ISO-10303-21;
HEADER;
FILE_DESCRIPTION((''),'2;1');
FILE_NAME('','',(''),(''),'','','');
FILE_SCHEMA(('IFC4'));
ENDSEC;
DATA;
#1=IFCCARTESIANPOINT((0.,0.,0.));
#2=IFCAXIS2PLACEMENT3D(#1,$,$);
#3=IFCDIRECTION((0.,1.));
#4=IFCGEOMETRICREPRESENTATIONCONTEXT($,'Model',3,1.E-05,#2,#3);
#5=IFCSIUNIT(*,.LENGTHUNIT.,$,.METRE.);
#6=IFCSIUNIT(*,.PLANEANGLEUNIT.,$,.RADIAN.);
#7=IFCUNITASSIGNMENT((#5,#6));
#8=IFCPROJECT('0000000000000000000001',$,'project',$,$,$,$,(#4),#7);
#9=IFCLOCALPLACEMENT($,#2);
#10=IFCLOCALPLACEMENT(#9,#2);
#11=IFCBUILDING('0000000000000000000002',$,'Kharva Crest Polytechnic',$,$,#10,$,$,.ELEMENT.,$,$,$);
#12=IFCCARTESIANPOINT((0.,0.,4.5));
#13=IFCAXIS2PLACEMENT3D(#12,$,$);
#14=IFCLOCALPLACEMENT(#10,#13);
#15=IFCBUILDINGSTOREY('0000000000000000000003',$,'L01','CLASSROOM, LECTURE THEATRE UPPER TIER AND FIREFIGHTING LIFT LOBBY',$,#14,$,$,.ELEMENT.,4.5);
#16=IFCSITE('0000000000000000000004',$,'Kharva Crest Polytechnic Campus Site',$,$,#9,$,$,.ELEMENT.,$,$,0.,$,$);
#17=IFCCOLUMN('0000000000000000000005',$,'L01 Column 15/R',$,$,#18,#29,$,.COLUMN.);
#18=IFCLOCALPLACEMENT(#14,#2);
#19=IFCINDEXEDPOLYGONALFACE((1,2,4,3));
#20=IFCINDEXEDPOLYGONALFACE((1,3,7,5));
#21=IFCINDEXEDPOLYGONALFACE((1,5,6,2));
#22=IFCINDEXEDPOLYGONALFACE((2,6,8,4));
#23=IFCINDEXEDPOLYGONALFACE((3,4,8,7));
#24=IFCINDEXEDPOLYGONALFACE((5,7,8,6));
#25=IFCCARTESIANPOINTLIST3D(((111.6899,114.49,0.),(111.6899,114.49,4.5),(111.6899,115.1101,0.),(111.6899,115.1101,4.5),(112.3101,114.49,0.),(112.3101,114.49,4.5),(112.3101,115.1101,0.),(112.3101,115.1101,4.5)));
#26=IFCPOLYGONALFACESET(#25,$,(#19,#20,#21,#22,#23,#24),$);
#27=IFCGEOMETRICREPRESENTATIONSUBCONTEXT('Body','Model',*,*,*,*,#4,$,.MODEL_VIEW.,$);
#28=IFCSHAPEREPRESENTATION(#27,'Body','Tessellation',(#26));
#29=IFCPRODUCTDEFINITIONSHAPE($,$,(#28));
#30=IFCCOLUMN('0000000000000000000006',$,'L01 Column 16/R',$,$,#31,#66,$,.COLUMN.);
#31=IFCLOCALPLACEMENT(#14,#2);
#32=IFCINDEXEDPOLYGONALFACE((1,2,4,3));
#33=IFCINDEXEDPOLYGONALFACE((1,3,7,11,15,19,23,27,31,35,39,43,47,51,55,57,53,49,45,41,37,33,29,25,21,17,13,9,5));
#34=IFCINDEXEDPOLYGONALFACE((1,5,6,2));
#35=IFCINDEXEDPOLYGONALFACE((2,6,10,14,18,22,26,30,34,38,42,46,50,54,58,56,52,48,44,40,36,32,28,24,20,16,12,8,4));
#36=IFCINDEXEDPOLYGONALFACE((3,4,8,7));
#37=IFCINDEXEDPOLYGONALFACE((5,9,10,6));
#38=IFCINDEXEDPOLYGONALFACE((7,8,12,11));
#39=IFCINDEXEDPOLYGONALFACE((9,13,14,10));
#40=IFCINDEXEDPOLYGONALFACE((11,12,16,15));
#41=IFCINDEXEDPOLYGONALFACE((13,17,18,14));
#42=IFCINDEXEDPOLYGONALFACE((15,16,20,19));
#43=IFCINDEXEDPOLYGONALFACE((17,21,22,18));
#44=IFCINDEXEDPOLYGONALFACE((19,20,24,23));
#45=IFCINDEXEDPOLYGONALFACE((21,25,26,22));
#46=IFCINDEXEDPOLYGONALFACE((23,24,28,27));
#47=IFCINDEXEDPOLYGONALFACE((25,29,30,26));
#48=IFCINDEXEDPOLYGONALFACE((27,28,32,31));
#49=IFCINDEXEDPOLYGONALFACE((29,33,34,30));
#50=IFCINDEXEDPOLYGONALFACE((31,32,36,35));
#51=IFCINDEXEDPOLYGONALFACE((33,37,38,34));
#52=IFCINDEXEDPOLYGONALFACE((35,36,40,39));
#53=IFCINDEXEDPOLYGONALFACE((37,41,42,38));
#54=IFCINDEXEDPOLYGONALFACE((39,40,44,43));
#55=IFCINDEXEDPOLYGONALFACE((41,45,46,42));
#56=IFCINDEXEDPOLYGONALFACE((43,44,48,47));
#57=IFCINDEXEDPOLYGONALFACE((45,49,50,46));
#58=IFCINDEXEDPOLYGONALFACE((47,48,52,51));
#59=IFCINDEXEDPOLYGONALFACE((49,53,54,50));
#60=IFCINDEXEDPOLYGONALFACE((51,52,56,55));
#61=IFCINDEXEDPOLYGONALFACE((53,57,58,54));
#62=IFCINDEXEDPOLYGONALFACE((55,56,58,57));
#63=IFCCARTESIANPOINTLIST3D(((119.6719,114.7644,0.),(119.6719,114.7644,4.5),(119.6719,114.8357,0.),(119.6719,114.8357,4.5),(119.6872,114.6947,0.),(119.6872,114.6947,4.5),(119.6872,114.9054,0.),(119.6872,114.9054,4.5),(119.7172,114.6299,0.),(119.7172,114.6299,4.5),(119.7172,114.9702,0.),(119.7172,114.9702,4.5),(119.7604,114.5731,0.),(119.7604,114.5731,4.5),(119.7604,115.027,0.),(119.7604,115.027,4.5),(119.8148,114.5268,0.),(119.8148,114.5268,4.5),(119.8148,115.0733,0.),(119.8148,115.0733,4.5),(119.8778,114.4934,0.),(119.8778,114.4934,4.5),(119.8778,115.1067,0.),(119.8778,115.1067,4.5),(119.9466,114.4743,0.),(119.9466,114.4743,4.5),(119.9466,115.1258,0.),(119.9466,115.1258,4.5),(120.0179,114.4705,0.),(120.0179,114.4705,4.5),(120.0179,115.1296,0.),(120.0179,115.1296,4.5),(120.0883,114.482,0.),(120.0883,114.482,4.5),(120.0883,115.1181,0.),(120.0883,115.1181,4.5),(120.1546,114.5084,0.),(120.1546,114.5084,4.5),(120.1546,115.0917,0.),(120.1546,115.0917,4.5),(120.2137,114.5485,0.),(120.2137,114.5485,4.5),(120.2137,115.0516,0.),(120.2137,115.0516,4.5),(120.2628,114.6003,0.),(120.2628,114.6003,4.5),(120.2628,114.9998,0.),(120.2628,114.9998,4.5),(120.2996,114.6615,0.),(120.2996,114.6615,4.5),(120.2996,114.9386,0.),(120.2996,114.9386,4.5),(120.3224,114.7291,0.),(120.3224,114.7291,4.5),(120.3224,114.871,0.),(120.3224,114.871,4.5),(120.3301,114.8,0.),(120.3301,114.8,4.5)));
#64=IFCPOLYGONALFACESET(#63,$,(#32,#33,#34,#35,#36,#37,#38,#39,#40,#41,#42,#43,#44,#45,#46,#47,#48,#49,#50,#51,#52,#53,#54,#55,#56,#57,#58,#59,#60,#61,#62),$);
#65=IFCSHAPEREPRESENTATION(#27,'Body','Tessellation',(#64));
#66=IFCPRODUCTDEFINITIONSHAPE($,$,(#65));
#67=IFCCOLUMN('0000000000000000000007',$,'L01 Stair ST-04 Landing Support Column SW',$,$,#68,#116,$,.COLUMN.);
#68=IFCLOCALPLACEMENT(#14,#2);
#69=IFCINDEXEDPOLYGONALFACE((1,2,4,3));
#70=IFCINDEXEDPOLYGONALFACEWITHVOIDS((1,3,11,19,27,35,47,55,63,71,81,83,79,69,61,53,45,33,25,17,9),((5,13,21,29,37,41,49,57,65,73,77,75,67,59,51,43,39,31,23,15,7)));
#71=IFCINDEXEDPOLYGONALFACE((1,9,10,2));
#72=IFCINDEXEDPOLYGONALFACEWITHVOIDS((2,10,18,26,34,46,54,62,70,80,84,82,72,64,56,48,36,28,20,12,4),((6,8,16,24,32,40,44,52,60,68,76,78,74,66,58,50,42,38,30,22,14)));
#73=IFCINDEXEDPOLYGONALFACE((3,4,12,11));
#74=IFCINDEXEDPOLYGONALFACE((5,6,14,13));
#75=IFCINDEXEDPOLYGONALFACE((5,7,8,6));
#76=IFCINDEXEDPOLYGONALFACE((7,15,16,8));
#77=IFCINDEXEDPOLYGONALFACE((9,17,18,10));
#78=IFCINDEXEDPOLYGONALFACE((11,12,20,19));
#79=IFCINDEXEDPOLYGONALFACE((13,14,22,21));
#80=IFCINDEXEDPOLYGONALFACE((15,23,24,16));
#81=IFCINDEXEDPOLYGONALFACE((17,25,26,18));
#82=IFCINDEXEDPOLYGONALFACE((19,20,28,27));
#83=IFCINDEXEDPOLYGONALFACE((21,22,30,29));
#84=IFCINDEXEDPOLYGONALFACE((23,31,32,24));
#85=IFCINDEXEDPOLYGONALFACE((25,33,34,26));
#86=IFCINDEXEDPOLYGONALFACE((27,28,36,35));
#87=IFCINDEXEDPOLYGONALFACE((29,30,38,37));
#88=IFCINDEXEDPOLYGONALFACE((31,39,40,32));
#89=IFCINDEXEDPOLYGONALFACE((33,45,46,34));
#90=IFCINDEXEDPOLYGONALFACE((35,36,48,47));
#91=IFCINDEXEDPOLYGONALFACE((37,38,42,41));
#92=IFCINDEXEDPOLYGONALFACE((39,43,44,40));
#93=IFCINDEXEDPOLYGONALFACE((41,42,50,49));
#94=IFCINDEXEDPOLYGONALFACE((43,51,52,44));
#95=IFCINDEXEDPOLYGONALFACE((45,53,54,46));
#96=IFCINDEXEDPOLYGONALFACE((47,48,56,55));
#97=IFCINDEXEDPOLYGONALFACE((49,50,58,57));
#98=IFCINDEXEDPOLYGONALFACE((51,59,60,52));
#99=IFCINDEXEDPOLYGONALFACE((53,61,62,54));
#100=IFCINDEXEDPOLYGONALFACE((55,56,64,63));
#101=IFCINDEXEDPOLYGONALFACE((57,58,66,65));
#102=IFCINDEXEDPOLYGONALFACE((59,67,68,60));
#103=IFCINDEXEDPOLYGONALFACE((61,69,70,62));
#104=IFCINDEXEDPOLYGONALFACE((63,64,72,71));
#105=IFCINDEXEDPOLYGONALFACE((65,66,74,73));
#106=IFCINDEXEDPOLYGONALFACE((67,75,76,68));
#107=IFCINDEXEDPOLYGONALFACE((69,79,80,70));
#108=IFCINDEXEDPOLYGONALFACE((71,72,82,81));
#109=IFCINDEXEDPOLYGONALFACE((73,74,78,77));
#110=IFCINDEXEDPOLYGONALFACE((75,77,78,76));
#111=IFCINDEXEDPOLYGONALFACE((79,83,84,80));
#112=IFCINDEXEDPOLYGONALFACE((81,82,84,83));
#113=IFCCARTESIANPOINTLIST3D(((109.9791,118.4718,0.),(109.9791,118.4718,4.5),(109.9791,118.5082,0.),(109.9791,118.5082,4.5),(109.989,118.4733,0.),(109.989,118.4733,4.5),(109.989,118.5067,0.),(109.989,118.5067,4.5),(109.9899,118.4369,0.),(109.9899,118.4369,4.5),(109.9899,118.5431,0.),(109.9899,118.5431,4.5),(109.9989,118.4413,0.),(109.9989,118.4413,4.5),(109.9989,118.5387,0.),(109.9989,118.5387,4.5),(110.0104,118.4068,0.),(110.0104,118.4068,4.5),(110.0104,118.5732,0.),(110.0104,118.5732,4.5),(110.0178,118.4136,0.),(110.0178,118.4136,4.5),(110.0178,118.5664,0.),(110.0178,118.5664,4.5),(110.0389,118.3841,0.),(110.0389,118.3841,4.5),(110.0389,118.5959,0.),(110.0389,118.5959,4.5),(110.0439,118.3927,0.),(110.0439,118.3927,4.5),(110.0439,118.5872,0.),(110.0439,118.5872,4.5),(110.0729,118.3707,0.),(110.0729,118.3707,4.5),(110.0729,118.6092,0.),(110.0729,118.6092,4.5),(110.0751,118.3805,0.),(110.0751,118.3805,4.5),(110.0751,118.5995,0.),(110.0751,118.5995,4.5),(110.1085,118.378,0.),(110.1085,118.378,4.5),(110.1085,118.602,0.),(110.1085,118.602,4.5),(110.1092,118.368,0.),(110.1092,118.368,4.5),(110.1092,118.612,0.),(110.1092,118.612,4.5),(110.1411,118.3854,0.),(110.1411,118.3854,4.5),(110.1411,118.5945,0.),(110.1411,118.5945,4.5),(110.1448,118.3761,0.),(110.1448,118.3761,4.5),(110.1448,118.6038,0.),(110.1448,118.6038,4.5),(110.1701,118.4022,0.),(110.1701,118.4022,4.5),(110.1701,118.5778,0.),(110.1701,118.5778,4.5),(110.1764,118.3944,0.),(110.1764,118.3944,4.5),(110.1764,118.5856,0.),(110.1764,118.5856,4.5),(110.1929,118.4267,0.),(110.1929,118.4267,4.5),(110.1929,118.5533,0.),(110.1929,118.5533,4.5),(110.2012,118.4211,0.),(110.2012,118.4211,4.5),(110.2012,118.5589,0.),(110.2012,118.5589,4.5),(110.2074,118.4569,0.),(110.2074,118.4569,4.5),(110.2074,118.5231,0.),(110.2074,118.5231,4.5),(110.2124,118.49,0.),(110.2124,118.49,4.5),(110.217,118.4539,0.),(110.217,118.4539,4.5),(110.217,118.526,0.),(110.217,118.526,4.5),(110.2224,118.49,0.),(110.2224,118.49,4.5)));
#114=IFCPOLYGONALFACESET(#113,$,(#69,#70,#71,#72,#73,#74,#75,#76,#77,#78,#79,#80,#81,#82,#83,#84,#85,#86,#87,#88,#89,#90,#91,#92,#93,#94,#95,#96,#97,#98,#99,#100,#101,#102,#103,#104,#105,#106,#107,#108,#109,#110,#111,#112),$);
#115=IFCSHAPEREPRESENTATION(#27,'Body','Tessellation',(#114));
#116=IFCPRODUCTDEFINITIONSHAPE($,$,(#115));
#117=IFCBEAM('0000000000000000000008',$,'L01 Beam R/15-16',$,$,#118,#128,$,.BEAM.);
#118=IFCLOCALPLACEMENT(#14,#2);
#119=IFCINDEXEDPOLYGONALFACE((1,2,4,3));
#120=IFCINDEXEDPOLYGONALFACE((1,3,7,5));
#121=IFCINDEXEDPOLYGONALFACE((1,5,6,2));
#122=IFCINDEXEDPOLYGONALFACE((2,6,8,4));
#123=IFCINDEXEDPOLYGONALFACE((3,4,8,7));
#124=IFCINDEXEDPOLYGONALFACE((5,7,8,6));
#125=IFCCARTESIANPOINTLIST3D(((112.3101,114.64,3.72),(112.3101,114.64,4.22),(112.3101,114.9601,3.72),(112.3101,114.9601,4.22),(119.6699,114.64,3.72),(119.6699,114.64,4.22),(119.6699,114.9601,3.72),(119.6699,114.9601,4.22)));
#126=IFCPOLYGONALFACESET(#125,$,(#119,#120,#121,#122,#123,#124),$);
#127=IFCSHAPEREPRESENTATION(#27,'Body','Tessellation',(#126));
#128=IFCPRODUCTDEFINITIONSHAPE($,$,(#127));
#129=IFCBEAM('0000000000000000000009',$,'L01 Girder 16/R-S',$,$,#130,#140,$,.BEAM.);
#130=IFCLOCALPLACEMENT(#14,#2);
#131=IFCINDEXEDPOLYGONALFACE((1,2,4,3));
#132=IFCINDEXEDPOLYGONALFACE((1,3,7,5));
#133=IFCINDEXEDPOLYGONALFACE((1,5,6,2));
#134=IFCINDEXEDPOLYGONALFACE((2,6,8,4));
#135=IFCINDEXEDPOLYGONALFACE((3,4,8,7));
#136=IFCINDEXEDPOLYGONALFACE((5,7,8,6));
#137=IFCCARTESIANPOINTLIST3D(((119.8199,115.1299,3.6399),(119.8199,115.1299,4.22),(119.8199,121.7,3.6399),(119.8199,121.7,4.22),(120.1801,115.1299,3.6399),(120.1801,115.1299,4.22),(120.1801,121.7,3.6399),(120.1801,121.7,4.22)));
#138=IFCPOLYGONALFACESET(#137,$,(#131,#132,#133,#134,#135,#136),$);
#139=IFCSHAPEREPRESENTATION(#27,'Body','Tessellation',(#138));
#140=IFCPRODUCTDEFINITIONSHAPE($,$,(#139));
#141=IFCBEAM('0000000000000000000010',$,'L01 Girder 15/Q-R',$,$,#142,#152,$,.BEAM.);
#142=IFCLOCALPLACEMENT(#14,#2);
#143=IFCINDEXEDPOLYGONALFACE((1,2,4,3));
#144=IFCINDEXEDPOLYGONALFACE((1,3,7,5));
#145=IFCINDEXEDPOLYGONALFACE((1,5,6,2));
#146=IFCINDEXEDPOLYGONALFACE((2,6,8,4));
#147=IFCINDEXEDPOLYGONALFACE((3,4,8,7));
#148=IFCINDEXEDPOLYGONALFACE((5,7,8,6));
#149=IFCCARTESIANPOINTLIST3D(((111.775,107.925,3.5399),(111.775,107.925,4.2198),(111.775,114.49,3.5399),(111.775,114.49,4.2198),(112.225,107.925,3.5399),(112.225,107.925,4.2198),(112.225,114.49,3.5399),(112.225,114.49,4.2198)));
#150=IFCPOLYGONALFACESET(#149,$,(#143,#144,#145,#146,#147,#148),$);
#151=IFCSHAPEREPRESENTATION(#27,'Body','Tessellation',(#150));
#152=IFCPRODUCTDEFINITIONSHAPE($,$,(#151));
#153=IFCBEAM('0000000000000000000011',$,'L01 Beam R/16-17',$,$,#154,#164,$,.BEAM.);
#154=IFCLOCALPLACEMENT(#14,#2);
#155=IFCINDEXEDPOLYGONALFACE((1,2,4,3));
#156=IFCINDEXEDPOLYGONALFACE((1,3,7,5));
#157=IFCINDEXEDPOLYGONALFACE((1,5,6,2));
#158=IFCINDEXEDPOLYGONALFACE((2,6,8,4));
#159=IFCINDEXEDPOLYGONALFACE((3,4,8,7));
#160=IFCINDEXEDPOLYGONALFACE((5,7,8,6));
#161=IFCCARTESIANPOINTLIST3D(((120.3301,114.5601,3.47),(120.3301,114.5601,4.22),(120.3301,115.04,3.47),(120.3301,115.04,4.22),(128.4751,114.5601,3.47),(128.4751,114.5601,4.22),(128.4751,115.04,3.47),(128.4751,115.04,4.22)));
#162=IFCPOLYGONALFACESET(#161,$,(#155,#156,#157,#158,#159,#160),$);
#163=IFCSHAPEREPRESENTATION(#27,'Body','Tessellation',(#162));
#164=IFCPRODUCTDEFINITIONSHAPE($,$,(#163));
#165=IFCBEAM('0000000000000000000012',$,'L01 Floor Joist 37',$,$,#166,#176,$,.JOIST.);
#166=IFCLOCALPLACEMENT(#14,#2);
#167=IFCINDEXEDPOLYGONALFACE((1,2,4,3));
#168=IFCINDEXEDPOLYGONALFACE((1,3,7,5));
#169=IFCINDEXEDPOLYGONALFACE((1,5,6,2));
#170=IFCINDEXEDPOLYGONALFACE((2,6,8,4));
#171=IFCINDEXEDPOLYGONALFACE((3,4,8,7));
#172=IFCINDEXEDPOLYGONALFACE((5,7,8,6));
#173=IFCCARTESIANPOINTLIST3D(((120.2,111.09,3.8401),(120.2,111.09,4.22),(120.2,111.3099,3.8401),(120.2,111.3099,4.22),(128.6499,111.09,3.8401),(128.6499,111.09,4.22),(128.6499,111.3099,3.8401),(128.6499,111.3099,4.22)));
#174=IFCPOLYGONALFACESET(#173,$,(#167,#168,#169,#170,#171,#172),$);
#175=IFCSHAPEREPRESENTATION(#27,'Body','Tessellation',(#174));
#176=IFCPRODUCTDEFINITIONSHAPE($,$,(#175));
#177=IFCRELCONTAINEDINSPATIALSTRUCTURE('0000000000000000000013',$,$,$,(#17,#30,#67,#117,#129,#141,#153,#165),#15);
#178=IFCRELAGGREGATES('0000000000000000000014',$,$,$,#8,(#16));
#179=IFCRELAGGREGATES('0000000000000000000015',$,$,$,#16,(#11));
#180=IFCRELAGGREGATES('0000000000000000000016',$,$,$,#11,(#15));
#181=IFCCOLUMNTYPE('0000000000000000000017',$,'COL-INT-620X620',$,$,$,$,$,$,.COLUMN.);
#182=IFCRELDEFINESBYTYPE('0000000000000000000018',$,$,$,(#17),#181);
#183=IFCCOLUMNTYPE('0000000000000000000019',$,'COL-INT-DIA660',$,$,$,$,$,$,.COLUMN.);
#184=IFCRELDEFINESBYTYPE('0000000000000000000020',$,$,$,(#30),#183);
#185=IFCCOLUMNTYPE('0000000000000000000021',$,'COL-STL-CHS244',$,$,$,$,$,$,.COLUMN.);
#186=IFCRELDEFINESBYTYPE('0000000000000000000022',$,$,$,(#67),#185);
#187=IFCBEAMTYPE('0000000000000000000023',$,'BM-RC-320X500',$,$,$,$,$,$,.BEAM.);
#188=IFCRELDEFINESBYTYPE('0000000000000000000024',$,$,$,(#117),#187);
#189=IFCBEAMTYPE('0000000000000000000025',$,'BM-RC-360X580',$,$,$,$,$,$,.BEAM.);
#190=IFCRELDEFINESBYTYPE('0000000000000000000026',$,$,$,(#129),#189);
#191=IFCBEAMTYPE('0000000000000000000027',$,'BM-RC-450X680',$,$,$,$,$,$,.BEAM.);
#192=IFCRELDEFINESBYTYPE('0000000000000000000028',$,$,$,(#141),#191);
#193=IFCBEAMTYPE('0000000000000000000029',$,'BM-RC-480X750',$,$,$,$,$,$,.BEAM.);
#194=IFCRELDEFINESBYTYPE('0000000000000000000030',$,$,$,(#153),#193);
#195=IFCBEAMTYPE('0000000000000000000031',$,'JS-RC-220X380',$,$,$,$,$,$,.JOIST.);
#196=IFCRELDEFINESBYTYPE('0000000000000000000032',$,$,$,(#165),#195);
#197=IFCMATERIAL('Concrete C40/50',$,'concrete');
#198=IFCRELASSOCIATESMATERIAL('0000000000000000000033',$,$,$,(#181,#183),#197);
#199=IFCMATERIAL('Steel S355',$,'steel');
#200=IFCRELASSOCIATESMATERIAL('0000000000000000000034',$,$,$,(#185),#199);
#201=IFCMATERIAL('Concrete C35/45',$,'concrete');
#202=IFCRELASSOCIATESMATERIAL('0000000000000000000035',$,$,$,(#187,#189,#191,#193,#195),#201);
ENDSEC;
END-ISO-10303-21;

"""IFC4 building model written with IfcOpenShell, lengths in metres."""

from ifc_helpers import new_model, si_unit, direction, frame, origin, origin_2d, place, context, subcontext, project, spatial, rectangle, circle, hollow_circle, extrude, material, material_profile, profile_set, type_object, element, save


model = new_model("IFC4")

# Units and contexts
model_context = context("Model", 3, precision=1e-05, world=origin(), true_north=direction((0.0, 1.0)))
body_context = subcontext(model_context, "Body", "Model", "MODEL_VIEW")
ifc_project = project(units=[si_unit("LENGTHUNIT", "METRE"), si_unit("PLANEANGLEUNIT", "RADIAN")], contexts=[model_context])

# Site, building, storey
site_placement = place(None, origin())
site = spatial("IfcSite", under=ifc_project, at=site_placement, Name="Kharva Crest Polytechnic Campus Site", CompositionType="ELEMENT", RefElevation=0.0)
building_placement = place(site_placement, origin())
building = spatial("IfcBuilding", under=site, at=building_placement, Name="Kharva Crest Polytechnic", CompositionType="ELEMENT")
storey_placement = place(building_placement, frame((0.0, 0.0, 4.5)))
storey = spatial("IfcBuildingStorey", under=building, at=storey_placement, Name="L01", Description="CLASSROOM, LECTURE THEATRE UPPER TIER AND FIREFIGHTING LIFT LOBBY", CompositionType="ELEMENT", Elevation=4.5)

# Columns
ifc_material_1 = material(Name="Concrete C40/50", Category="concrete")
ifc_material_profile_1 = material_profile(ifc_material_1, rectangle(XDim=0.6201, YDim=0.6201, at=origin_2d()), Name="RECT 620 X 620")
ifc_profile_set_1 = profile_set([ifc_material_profile_1], Name="Concrete C40/50")
column_type_1 = type_object("IfcColumnType", Name="COL-INT-620X620", PredefinedType="COLUMN", material=ifc_profile_set_1)
column_1_placement = place(storey_placement, frame((112.0, 114.8, 0.0), z_axis=(0.0, 0.0, 1.0), x_axis=(1.0, 0.0, 0.0)))
element("IfcColumn", 1, at=column_1_placement, inside=storey, type_object=column_type_1, Name="L01 Column 15/R", PredefinedType="COLUMN", context=body_context, shape_type="SweptSolid", body=[
    extrude(rectangle(XDim=0.6201, YDim=0.6201, at=origin_2d()), origin(), (0.0, 0.0, 1.0), 4.5),
])
ifc_material_profile_2 = material_profile(ifc_material_1, circle(Radius=0.3301, at=origin_2d()), Name="DIA 660")
ifc_profile_set_2 = profile_set([ifc_material_profile_2], Name="Concrete C40/50")
column_type_2 = type_object("IfcColumnType", Name="COL-INT-DIA660", PredefinedType="COLUMN", material=ifc_profile_set_2)
column_2_placement = place(storey_placement, frame((120.0, 114.8, 0.0), z_axis=(0.0, 0.0, 1.0), x_axis=(1.0, 0.0, 0.0)))
element("IfcColumn", 2, at=column_2_placement, inside=storey, type_object=column_type_2, Name="L01 Column 16/R", PredefinedType="COLUMN", context=body_context, shape_type="SweptSolid", body=[
    extrude(circle(Radius=0.3301, at=origin_2d()), origin(), (0.0, 0.0, 1.0), 4.5),
])
ifc_material_2 = material(Name="Steel S355", Category="steel")
ifc_material_profile_3 = material_profile(ifc_material_2, hollow_circle(Radius=0.1223, WallThickness=0.01, at=origin_2d()), Name="CHS 244.5X10.0")
ifc_profile_set_3 = profile_set([ifc_material_profile_3], Name="Steel S355")
column_type_3 = type_object("IfcColumnType", Name="COL-STL-CHS244", PredefinedType="COLUMN", material=ifc_profile_set_3)
column_3_placement = place(storey_placement, frame((110.1001, 118.49, 0.0), z_axis=(0.0, 0.0, 1.0), x_axis=(1.0, 0.0, 0.0)))
element("IfcColumn", 3, at=column_3_placement, inside=storey, type_object=column_type_3, Name="L01 Stair ST-04 Landing Support Column SW", PredefinedType="COLUMN", context=body_context, shape_type="SweptSolid", body=[
    extrude(hollow_circle(Radius=0.1223, WallThickness=0.01, at=origin_2d()), origin(), (0.0, 0.0, 1.0), 4.5),
])

# Beams
ifc_material_3 = material(Name="Concrete C35/45", Category="concrete")
ifc_material_profile_4 = material_profile(ifc_material_3, rectangle(XDim=0.3201, YDim=0.5, at=origin_2d()), Name="RECT 320 X 500")
ifc_profile_set_4 = profile_set([ifc_material_profile_4], Name="Concrete C35/45")
beam_type_1 = type_object("IfcBeamType", Name="BM-RC-320X500", PredefinedType="BEAM", material=ifc_profile_set_4)
beam_1_placement = place(storey_placement, frame((112.3101, 114.8, 3.97), z_axis=(1.0, 0.0, 0.0), x_axis=(0.0, 1.0, 0.0)))
element("IfcBeam", 4, at=beam_1_placement, inside=storey, type_object=beam_type_1, Name="L01 Beam R/15-16", PredefinedType="BEAM", context=body_context, shape_type="SweptSolid", body=[
    extrude(rectangle(XDim=0.3201, YDim=0.5, at=origin_2d()), origin(), (0.0, 0.0, 1.0), 7.3599),
])
ifc_material_profile_5 = material_profile(ifc_material_3, rectangle(XDim=0.3601, YDim=0.5801, at=origin_2d()), Name="RECT 360 X 580")
ifc_profile_set_5 = profile_set([ifc_material_profile_5], Name="Concrete C35/45")
beam_type_2 = type_object("IfcBeamType", Name="BM-RC-360X580", PredefinedType="BEAM", material=ifc_profile_set_5)
beam_2_placement = place(storey_placement, frame((120.0, 115.1299, 3.9299), z_axis=(0.0, 1.0, 0.0), x_axis=(-1.0, 0.0, 0.0)))
element("IfcBeam", 5, at=beam_2_placement, inside=storey, type_object=beam_type_2, Name="L01 Girder 16/R-S", PredefinedType="BEAM", context=body_context, shape_type="SweptSolid", body=[
    extrude(rectangle(XDim=0.3601, YDim=0.5801, at=origin_2d()), origin(), (0.0, 0.0, 1.0), 6.5701),
])
ifc_material_profile_6 = material_profile(ifc_material_3, rectangle(XDim=0.45, YDim=0.6799, at=origin_2d()), Name="RECT 450 X 680")
ifc_profile_set_6 = profile_set([ifc_material_profile_6], Name="Concrete C35/45")
beam_type_3 = type_object("IfcBeamType", Name="BM-RC-450X680", PredefinedType="BEAM", material=ifc_profile_set_6)
beam_3_placement = place(storey_placement, frame((112.0, 107.925, 3.8799), z_axis=(0.0, 1.0, 0.0), x_axis=(-1.0, 0.0, 0.0)))
element("IfcBeam", 6, at=beam_3_placement, inside=storey, type_object=beam_type_3, Name="L01 Girder 15/Q-R", PredefinedType="BEAM", context=body_context, shape_type="SweptSolid", body=[
    extrude(rectangle(XDim=0.45, YDim=0.6799, at=origin_2d()), origin(), (0.0, 0.0, 1.0), 6.5649),
])
ifc_material_profile_7 = material_profile(ifc_material_3, rectangle(XDim=0.48, YDim=0.75, at=origin_2d()), Name="RECT 480 X 750")
ifc_profile_set_7 = profile_set([ifc_material_profile_7], Name="Concrete C35/45")
beam_type_4 = type_object("IfcBeamType", Name="BM-RC-480X750", PredefinedType="BEAM", material=ifc_profile_set_7)
beam_4_placement = place(storey_placement, frame((120.3301, 114.8, 3.845), z_axis=(1.0, 0.0, 0.0), x_axis=(0.0, 1.0, 0.0)))
element("IfcBeam", 7, at=beam_4_placement, inside=storey, type_object=beam_type_4, Name="L01 Beam R/16-17", PredefinedType="BEAM", context=body_context, shape_type="SweptSolid", body=[
    extrude(rectangle(XDim=0.48, YDim=0.75, at=origin_2d()), origin(), (0.0, 0.0, 1.0), 8.145),
])
ifc_material_profile_8 = material_profile(ifc_material_3, rectangle(XDim=0.22, YDim=0.3799, at=origin_2d()), Name="RECT 220 X 380")
ifc_profile_set_8 = profile_set([ifc_material_profile_8], Name="Concrete C35/45")
beam_type_5 = type_object("IfcBeamType", Name="JS-RC-220X380", PredefinedType="JOIST", material=ifc_profile_set_8)
beam_5_placement = place(storey_placement, frame((120.2, 111.2, 4.03), z_axis=(1.0, 0.0, 0.0), x_axis=(0.0, 1.0, 0.0)))
element("IfcBeam", 8, at=beam_5_placement, inside=storey, type_object=beam_type_5, Name="L01 Floor Joist 37", PredefinedType="JOIST", context=body_context, shape_type="SweptSolid", body=[
    extrude(rectangle(XDim=0.22, YDim=0.3799, at=origin_2d()), origin(), (0.0, 0.0, 1.0), 8.45),
])

save(model, "model.ifc")
